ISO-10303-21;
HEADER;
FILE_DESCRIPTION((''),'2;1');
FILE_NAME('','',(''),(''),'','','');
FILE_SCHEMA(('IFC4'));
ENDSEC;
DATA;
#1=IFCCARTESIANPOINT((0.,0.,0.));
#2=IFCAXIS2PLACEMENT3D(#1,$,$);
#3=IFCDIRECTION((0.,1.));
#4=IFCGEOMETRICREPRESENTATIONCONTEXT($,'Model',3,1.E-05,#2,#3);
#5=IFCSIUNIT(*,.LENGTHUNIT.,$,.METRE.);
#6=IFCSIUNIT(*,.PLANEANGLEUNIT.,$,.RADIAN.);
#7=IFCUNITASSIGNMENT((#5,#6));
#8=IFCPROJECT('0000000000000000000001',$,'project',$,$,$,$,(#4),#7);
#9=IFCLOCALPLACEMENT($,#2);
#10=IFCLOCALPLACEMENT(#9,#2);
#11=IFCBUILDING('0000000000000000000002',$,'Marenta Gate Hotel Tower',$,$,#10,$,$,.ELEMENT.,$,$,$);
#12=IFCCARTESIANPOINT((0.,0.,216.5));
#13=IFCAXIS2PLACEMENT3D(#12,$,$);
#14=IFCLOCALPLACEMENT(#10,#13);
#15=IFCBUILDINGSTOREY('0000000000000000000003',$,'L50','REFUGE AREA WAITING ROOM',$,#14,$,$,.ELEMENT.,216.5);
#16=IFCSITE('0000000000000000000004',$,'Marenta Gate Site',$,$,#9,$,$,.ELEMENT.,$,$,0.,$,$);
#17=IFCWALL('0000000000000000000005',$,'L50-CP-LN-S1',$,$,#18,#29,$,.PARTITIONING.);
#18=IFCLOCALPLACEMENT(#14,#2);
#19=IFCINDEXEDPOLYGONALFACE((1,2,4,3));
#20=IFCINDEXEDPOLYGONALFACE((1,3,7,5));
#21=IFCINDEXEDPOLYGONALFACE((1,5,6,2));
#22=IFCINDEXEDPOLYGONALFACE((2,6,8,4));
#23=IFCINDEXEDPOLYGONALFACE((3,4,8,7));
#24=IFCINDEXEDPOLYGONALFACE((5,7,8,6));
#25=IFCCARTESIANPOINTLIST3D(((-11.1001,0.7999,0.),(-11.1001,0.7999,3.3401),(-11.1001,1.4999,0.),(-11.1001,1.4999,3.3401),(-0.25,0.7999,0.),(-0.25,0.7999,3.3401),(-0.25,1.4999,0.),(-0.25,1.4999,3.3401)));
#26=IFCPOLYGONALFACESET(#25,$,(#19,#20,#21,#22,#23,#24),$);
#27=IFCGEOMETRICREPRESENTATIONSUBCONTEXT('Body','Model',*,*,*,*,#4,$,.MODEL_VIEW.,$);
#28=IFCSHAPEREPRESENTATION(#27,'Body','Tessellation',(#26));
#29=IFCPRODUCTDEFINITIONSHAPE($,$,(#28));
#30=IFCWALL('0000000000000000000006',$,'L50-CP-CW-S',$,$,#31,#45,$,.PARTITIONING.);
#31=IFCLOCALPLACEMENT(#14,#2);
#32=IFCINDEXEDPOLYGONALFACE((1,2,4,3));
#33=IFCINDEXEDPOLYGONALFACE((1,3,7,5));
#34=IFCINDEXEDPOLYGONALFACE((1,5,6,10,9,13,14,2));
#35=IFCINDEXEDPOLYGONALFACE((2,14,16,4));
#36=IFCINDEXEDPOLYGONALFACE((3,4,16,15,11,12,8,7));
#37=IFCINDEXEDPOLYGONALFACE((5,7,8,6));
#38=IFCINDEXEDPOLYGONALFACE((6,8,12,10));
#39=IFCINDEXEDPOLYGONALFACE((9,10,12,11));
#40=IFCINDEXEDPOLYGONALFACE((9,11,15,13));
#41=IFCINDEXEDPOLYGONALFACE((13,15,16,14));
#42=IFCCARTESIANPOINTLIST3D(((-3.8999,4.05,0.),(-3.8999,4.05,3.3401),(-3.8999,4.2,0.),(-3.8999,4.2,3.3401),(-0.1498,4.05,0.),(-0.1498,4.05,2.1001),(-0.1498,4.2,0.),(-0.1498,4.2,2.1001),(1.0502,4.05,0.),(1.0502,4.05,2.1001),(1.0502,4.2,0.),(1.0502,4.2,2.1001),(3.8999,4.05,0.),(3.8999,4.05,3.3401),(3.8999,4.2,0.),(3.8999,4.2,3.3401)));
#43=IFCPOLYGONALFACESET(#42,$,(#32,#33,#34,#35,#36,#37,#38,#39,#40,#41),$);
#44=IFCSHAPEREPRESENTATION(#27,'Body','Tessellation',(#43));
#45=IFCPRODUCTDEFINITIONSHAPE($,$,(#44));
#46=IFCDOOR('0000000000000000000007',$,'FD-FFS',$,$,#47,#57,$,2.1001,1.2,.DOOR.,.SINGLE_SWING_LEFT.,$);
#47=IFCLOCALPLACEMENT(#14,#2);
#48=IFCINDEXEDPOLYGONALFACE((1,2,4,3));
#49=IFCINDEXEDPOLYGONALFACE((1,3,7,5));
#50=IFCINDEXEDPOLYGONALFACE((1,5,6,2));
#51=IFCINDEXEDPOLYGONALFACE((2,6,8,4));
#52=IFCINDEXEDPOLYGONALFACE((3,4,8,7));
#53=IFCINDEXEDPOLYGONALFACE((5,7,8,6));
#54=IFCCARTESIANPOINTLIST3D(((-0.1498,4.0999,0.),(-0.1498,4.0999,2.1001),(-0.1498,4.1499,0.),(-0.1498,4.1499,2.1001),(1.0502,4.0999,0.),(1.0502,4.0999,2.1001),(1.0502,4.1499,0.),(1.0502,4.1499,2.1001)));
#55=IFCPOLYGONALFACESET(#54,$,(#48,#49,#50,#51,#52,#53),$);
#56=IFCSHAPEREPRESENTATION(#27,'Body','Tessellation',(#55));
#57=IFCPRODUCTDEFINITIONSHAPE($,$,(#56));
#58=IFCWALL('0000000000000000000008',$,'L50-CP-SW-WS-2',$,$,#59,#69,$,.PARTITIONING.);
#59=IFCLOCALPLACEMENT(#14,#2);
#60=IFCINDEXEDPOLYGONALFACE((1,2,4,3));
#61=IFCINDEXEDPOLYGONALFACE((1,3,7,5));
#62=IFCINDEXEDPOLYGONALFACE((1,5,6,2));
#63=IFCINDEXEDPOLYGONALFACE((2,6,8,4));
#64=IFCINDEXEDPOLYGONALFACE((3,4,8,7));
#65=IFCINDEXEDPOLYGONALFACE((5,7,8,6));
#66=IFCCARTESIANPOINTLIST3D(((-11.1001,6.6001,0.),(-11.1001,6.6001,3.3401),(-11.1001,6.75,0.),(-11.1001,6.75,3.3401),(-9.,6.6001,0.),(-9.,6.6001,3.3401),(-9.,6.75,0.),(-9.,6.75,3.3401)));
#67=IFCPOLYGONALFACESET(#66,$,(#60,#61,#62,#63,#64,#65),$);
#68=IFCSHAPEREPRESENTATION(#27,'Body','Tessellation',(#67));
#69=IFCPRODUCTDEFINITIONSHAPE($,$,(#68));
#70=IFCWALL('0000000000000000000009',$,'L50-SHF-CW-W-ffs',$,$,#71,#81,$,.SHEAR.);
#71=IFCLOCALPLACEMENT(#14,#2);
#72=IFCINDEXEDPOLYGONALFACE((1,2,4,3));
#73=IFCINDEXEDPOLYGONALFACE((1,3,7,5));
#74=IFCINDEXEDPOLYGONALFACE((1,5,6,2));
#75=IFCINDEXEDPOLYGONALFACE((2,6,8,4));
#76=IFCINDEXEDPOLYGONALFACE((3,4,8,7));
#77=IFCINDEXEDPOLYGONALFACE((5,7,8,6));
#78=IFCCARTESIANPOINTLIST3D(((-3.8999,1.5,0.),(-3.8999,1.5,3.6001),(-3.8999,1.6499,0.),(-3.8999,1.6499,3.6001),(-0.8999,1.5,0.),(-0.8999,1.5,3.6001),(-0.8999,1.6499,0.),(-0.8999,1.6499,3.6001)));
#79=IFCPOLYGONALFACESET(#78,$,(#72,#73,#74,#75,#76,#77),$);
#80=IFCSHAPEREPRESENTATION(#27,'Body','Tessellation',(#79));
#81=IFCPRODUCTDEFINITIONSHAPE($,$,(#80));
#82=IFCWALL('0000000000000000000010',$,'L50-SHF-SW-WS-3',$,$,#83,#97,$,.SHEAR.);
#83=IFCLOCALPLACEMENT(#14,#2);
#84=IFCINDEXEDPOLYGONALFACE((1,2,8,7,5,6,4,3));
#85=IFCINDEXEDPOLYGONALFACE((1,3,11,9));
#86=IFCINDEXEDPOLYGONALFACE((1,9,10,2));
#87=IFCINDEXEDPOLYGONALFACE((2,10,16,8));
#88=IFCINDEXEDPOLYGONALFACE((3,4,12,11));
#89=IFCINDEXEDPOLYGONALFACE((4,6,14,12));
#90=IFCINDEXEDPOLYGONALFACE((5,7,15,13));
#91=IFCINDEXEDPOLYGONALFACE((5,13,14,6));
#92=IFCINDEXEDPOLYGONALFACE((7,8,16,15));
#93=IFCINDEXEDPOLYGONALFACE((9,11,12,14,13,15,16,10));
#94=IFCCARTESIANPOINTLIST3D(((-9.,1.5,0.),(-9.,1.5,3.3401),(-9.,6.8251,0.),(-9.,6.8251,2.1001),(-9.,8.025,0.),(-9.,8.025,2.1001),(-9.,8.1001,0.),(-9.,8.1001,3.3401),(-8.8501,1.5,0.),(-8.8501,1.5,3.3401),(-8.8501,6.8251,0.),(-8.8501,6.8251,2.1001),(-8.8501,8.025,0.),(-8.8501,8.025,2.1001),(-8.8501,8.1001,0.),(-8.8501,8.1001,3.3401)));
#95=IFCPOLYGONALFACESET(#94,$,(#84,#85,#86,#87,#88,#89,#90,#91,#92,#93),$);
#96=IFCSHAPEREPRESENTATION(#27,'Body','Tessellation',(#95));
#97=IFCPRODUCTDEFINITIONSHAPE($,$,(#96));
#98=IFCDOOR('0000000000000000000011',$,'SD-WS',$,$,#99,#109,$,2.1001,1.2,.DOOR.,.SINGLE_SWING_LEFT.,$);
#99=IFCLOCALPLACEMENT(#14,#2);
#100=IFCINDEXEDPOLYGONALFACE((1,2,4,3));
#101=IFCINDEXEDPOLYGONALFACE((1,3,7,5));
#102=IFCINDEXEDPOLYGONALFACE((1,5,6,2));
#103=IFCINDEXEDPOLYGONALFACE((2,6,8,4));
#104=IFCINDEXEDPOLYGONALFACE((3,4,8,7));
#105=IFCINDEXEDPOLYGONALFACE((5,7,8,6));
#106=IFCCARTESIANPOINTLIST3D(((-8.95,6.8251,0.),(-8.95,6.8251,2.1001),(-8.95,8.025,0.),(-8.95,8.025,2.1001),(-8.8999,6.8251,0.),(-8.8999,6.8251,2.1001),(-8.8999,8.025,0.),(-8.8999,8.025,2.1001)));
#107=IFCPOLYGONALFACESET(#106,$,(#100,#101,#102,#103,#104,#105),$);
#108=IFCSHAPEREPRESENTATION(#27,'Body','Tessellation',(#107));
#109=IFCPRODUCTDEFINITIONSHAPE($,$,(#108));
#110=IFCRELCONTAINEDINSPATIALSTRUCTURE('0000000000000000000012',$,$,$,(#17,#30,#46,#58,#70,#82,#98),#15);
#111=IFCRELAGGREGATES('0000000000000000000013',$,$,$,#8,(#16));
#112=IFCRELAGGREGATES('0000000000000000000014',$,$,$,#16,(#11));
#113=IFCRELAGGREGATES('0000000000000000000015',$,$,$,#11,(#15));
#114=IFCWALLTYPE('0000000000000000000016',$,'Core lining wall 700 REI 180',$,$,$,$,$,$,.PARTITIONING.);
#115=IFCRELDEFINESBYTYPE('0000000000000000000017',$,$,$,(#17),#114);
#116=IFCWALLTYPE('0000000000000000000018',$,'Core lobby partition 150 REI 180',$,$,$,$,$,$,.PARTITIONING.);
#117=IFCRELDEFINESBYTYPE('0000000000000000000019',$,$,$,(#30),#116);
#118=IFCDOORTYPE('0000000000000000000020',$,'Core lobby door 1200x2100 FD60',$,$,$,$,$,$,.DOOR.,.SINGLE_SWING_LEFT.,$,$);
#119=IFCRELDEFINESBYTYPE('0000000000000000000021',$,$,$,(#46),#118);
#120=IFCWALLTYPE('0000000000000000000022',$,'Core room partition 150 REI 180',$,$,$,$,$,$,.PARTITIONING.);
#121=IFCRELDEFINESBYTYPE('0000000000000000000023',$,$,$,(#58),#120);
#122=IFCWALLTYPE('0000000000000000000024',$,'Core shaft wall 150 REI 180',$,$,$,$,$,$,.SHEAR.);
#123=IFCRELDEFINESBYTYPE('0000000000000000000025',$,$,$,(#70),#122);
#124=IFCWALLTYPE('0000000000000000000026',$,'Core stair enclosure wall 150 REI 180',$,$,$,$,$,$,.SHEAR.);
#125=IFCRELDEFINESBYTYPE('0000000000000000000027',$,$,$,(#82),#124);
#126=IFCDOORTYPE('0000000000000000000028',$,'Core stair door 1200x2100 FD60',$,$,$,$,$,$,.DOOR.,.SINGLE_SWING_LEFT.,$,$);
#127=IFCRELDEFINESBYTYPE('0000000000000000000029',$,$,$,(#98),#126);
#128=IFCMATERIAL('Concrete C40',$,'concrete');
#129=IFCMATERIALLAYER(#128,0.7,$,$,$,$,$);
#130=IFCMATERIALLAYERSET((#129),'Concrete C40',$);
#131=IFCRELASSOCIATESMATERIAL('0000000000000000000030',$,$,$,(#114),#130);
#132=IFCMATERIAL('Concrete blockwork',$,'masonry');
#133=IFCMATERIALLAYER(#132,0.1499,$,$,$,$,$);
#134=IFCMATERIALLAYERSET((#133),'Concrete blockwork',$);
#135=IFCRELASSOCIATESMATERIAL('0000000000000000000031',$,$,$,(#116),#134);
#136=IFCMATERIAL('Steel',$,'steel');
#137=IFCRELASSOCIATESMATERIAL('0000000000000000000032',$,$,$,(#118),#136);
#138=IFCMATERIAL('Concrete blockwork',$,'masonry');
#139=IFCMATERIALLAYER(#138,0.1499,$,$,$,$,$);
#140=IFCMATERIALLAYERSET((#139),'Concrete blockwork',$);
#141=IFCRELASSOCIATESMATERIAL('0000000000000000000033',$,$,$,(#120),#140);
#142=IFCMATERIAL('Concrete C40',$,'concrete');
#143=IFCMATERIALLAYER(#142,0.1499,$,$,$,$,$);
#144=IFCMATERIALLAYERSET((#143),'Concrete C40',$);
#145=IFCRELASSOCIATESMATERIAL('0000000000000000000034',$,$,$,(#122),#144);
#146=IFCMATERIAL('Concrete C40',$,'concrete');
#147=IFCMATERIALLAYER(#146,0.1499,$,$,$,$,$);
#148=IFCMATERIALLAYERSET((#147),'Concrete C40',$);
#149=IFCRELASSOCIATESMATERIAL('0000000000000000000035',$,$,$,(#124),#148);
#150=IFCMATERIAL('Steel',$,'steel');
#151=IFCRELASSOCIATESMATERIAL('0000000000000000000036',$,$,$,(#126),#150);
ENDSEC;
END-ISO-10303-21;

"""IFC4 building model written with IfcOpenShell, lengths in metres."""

from ifc_helpers import new_model, si_unit, direction, frame, frame_2d, origin, place, context, subcontext, project, spatial, rectangle, extrude, material, layer, layer_set, type_object, element, fill, save


model = new_model("IFC4")

# Units and contexts
model_context = context("Model", 3, precision=1e-05, world=origin(), true_north=direction((0.0, 1.0)))
body_context = subcontext(model_context, "Body", "Model", "MODEL_VIEW")
ifc_project = project(units=[si_unit("LENGTHUNIT", "METRE"), si_unit("PLANEANGLEUNIT", "RADIAN")], contexts=[model_context])

# Site, building, storey
site_placement = place(None, origin())
site = spatial("IfcSite", under=ifc_project, at=site_placement, Name="Marenta Gate Site", CompositionType="ELEMENT", RefElevation=0.0)
building_placement = place(site_placement, origin())
building = spatial("IfcBuilding", under=site, at=building_placement, Name="Marenta Gate Hotel Tower", CompositionType="ELEMENT")
storey_placement = place(building_placement, frame((0.0, 0.0, 216.5)))
storey = spatial("IfcBuildingStorey", under=building, at=storey_placement, Name="L50", Description="REFUGE AREA WAITING ROOM", CompositionType="ELEMENT", Elevation=216.5)

# Wall
ifc_material_1 = material(Name="Concrete C40", Category="concrete")
ifc_layer_1 = layer(ifc_material_1, 0.7)
ifc_layer_set_1 = layer_set([ifc_layer_1], Name="Concrete C40")
wall_type_1 = type_object("IfcWallType", Name="Core lining wall 700 REI 180", PredefinedType="PARTITIONING", material=ifc_layer_set_1)
wall_1_placement = place(storey_placement, frame((-11.1001, 1.1499, 0.0), z_axis=(0.0, 0.0, 1.0), x_axis=(1.0, 0.0, 0.0)))
element("IfcWall", 1, at=wall_1_placement, inside=storey, type_object=wall_type_1, Name="L50-CP-LN-S1", PredefinedType="PARTITIONING", context=body_context, shape_type="SweptSolid", body=[
    extrude(rectangle(XDim=10.8501, YDim=0.7, at=frame_2d((5.425, 0.0))), origin(), (0.0, 0.0, 1.0), 3.3401),
])

# Wall, opening, door
ifc_material_2 = material(Name="Concrete blockwork", Category="masonry")
ifc_layer_2 = layer(ifc_material_2, 0.1499)
ifc_layer_set_2 = layer_set([ifc_layer_2], Name="Concrete blockwork")
wall_type_2 = type_object("IfcWallType", Name="Core lobby partition 150 REI 180", PredefinedType="PARTITIONING", material=ifc_layer_set_2)
wall_2_placement = place(storey_placement, frame((-3.8999, 4.125, 0.0), z_axis=(0.0, 0.0, 1.0), x_axis=(1.0, 0.0, 0.0)))
wall_2 = element("IfcWall", 2, at=wall_2_placement, inside=storey, type_object=wall_type_2, Name="L50-CP-CW-S", PredefinedType="PARTITIONING", context=body_context, shape_type="SweptSolid", body=[
    extrude(rectangle(XDim=7.7998, YDim=0.1499, at=frame_2d((3.8999, 0.0))), origin(), (0.0, 0.0, 1.0), 3.3401),
])
opening_1_placement = place(wall_2_placement, frame((3.75, 0.0, 0.0)))
opening_1 = element("IfcOpeningElement", 3, at=opening_1_placement, cuts=wall_2, PredefinedType="OPENING", context=body_context, shape_type="SweptSolid", body=[
    extrude(rectangle(XDim=1.2, YDim=2.1001, at=frame_2d((0.6001, 1.05))), frame((0.0, 0.075, 0.0), z_axis=(0.0, -1.0, 0.0), x_axis=(1.0, 0.0, 0.0)), (0.0, 0.0, 1.0), 0.1499),
])
ifc_material_3 = material(Name="Steel", Category="steel")
door_type_1 = type_object("IfcDoorType", Name="Core lobby door 1200x2100 FD60", OperationType="SINGLE_SWING_LEFT", PredefinedType="DOOR", material=ifc_material_3)
door_1_placement = place(opening_1_placement, origin())
door_1 = element("IfcDoor", 4, at=door_1_placement, inside=storey, type_object=door_type_1, Name="FD-FFS", OperationType="SINGLE_SWING_LEFT", OverallHeight=2.1001, OverallWidth=1.2, PredefinedType="DOOR", context=body_context, shape_type="SweptSolid", body=[
    extrude(rectangle(XDim=1.2, YDim=2.1001, at=frame_2d((0.6001, 1.05))), frame((0.0, 0.0249, 0.0), z_axis=(0.0, -1.0, 0.0), x_axis=(1.0, 0.0, 0.0)), (0.0, 0.0, 1.0), 0.05),
])
fill(opening_1, door_1)

# Walls
ifc_material_4 = material(Name="Concrete blockwork", Category="masonry")
ifc_layer_3 = layer(ifc_material_4, 0.1499)
ifc_layer_set_3 = layer_set([ifc_layer_3], Name="Concrete blockwork")
wall_type_3 = type_object("IfcWallType", Name="Core room partition 150 REI 180", PredefinedType="PARTITIONING", material=ifc_layer_set_3)
wall_3_placement = place(storey_placement, frame((-11.1001, 6.675, 0.0), z_axis=(0.0, 0.0, 1.0), x_axis=(1.0, 0.0, 0.0)))
element("IfcWall", 5, at=wall_3_placement, inside=storey, type_object=wall_type_3, Name="L50-CP-SW-WS-2", PredefinedType="PARTITIONING", context=body_context, shape_type="SweptSolid", body=[
    extrude(rectangle(XDim=2.1001, YDim=0.1499, at=frame_2d((1.05, 0.0))), origin(), (0.0, 0.0, 1.0), 3.3401),
])
ifc_material_5 = material(Name="Concrete C40", Category="concrete")
ifc_layer_4 = layer(ifc_material_5, 0.1499)
ifc_layer_set_4 = layer_set([ifc_layer_4], Name="Concrete C40")
wall_type_4 = type_object("IfcWallType", Name="Core shaft wall 150 REI 180", PredefinedType="SHEAR", material=ifc_layer_set_4)
wall_4_placement = place(storey_placement, frame((-3.8999, 1.575, 0.0), z_axis=(0.0, 0.0, 1.0), x_axis=(1.0, 0.0, 0.0)))
element("IfcWall", 6, at=wall_4_placement, inside=storey, type_object=wall_type_4, Name="L50-SHF-CW-W-ffs", PredefinedType="SHEAR", context=body_context, shape_type="SweptSolid", body=[
    extrude(rectangle(XDim=3.0, YDim=0.1499, at=frame_2d((1.5, 0.0))), origin(), (0.0, 0.0, 1.0), 3.6001),
])

# Wall, opening, door
ifc_material_6 = material(Name="Concrete C40", Category="concrete")
ifc_layer_5 = layer(ifc_material_6, 0.1499)
ifc_layer_set_5 = layer_set([ifc_layer_5], Name="Concrete C40")
wall_type_5 = type_object("IfcWallType", Name="Core stair enclosure wall 150 REI 180", PredefinedType="SHEAR", material=ifc_layer_set_5)
wall_5_placement = place(storey_placement, frame((-8.925, 1.5, 0.0), z_axis=(0.0, 0.0, 1.0), x_axis=(0.0, 1.0, 0.0)))
wall_5 = element("IfcWall", 7, at=wall_5_placement, inside=storey, type_object=wall_type_5, Name="L50-SHF-SW-WS-3", PredefinedType="SHEAR", context=body_context, shape_type="SweptSolid", body=[
    extrude(rectangle(XDim=6.6001, YDim=0.1499, at=frame_2d((3.3, 0.0))), origin(), (0.0, 0.0, 1.0), 3.3401),
])
opening_2_placement = place(wall_5_placement, frame((5.325, 0.0, 0.0)))
opening_2 = element("IfcOpeningElement", 8, at=opening_2_placement, cuts=wall_5, PredefinedType="OPENING", context=body_context, shape_type="SweptSolid", body=[
    extrude(rectangle(XDim=1.2, YDim=2.1001, at=frame_2d((0.6001, 1.05))), frame((0.0, 0.075, 0.0), z_axis=(0.0, -1.0, 0.0), x_axis=(1.0, 0.0, 0.0)), (0.0, 0.0, 1.0), 0.1499),
])
ifc_material_7 = material(Name="Steel", Category="steel")
door_type_2 = type_object("IfcDoorType", Name="Core stair door 1200x2100 FD60", OperationType="SINGLE_SWING_LEFT", PredefinedType="DOOR", material=ifc_material_7)
door_2_placement = place(opening_2_placement, origin())
door_2 = element("IfcDoor", 9, at=door_2_placement, inside=storey, type_object=door_type_2, Name="SD-WS", OperationType="SINGLE_SWING_LEFT", OverallHeight=2.1001, OverallWidth=1.2, PredefinedType="DOOR", context=body_context, shape_type="SweptSolid", body=[
    extrude(rectangle(XDim=1.2, YDim=2.1001, at=frame_2d((0.6001, 1.05))), frame((0.0, 0.0249, 0.0), z_axis=(0.0, -1.0, 0.0), x_axis=(1.0, 0.0, 0.0)), (0.0, 0.0, 1.0), 0.05),
])
fill(opening_2, door_2)

save(model, "model.ifc")
